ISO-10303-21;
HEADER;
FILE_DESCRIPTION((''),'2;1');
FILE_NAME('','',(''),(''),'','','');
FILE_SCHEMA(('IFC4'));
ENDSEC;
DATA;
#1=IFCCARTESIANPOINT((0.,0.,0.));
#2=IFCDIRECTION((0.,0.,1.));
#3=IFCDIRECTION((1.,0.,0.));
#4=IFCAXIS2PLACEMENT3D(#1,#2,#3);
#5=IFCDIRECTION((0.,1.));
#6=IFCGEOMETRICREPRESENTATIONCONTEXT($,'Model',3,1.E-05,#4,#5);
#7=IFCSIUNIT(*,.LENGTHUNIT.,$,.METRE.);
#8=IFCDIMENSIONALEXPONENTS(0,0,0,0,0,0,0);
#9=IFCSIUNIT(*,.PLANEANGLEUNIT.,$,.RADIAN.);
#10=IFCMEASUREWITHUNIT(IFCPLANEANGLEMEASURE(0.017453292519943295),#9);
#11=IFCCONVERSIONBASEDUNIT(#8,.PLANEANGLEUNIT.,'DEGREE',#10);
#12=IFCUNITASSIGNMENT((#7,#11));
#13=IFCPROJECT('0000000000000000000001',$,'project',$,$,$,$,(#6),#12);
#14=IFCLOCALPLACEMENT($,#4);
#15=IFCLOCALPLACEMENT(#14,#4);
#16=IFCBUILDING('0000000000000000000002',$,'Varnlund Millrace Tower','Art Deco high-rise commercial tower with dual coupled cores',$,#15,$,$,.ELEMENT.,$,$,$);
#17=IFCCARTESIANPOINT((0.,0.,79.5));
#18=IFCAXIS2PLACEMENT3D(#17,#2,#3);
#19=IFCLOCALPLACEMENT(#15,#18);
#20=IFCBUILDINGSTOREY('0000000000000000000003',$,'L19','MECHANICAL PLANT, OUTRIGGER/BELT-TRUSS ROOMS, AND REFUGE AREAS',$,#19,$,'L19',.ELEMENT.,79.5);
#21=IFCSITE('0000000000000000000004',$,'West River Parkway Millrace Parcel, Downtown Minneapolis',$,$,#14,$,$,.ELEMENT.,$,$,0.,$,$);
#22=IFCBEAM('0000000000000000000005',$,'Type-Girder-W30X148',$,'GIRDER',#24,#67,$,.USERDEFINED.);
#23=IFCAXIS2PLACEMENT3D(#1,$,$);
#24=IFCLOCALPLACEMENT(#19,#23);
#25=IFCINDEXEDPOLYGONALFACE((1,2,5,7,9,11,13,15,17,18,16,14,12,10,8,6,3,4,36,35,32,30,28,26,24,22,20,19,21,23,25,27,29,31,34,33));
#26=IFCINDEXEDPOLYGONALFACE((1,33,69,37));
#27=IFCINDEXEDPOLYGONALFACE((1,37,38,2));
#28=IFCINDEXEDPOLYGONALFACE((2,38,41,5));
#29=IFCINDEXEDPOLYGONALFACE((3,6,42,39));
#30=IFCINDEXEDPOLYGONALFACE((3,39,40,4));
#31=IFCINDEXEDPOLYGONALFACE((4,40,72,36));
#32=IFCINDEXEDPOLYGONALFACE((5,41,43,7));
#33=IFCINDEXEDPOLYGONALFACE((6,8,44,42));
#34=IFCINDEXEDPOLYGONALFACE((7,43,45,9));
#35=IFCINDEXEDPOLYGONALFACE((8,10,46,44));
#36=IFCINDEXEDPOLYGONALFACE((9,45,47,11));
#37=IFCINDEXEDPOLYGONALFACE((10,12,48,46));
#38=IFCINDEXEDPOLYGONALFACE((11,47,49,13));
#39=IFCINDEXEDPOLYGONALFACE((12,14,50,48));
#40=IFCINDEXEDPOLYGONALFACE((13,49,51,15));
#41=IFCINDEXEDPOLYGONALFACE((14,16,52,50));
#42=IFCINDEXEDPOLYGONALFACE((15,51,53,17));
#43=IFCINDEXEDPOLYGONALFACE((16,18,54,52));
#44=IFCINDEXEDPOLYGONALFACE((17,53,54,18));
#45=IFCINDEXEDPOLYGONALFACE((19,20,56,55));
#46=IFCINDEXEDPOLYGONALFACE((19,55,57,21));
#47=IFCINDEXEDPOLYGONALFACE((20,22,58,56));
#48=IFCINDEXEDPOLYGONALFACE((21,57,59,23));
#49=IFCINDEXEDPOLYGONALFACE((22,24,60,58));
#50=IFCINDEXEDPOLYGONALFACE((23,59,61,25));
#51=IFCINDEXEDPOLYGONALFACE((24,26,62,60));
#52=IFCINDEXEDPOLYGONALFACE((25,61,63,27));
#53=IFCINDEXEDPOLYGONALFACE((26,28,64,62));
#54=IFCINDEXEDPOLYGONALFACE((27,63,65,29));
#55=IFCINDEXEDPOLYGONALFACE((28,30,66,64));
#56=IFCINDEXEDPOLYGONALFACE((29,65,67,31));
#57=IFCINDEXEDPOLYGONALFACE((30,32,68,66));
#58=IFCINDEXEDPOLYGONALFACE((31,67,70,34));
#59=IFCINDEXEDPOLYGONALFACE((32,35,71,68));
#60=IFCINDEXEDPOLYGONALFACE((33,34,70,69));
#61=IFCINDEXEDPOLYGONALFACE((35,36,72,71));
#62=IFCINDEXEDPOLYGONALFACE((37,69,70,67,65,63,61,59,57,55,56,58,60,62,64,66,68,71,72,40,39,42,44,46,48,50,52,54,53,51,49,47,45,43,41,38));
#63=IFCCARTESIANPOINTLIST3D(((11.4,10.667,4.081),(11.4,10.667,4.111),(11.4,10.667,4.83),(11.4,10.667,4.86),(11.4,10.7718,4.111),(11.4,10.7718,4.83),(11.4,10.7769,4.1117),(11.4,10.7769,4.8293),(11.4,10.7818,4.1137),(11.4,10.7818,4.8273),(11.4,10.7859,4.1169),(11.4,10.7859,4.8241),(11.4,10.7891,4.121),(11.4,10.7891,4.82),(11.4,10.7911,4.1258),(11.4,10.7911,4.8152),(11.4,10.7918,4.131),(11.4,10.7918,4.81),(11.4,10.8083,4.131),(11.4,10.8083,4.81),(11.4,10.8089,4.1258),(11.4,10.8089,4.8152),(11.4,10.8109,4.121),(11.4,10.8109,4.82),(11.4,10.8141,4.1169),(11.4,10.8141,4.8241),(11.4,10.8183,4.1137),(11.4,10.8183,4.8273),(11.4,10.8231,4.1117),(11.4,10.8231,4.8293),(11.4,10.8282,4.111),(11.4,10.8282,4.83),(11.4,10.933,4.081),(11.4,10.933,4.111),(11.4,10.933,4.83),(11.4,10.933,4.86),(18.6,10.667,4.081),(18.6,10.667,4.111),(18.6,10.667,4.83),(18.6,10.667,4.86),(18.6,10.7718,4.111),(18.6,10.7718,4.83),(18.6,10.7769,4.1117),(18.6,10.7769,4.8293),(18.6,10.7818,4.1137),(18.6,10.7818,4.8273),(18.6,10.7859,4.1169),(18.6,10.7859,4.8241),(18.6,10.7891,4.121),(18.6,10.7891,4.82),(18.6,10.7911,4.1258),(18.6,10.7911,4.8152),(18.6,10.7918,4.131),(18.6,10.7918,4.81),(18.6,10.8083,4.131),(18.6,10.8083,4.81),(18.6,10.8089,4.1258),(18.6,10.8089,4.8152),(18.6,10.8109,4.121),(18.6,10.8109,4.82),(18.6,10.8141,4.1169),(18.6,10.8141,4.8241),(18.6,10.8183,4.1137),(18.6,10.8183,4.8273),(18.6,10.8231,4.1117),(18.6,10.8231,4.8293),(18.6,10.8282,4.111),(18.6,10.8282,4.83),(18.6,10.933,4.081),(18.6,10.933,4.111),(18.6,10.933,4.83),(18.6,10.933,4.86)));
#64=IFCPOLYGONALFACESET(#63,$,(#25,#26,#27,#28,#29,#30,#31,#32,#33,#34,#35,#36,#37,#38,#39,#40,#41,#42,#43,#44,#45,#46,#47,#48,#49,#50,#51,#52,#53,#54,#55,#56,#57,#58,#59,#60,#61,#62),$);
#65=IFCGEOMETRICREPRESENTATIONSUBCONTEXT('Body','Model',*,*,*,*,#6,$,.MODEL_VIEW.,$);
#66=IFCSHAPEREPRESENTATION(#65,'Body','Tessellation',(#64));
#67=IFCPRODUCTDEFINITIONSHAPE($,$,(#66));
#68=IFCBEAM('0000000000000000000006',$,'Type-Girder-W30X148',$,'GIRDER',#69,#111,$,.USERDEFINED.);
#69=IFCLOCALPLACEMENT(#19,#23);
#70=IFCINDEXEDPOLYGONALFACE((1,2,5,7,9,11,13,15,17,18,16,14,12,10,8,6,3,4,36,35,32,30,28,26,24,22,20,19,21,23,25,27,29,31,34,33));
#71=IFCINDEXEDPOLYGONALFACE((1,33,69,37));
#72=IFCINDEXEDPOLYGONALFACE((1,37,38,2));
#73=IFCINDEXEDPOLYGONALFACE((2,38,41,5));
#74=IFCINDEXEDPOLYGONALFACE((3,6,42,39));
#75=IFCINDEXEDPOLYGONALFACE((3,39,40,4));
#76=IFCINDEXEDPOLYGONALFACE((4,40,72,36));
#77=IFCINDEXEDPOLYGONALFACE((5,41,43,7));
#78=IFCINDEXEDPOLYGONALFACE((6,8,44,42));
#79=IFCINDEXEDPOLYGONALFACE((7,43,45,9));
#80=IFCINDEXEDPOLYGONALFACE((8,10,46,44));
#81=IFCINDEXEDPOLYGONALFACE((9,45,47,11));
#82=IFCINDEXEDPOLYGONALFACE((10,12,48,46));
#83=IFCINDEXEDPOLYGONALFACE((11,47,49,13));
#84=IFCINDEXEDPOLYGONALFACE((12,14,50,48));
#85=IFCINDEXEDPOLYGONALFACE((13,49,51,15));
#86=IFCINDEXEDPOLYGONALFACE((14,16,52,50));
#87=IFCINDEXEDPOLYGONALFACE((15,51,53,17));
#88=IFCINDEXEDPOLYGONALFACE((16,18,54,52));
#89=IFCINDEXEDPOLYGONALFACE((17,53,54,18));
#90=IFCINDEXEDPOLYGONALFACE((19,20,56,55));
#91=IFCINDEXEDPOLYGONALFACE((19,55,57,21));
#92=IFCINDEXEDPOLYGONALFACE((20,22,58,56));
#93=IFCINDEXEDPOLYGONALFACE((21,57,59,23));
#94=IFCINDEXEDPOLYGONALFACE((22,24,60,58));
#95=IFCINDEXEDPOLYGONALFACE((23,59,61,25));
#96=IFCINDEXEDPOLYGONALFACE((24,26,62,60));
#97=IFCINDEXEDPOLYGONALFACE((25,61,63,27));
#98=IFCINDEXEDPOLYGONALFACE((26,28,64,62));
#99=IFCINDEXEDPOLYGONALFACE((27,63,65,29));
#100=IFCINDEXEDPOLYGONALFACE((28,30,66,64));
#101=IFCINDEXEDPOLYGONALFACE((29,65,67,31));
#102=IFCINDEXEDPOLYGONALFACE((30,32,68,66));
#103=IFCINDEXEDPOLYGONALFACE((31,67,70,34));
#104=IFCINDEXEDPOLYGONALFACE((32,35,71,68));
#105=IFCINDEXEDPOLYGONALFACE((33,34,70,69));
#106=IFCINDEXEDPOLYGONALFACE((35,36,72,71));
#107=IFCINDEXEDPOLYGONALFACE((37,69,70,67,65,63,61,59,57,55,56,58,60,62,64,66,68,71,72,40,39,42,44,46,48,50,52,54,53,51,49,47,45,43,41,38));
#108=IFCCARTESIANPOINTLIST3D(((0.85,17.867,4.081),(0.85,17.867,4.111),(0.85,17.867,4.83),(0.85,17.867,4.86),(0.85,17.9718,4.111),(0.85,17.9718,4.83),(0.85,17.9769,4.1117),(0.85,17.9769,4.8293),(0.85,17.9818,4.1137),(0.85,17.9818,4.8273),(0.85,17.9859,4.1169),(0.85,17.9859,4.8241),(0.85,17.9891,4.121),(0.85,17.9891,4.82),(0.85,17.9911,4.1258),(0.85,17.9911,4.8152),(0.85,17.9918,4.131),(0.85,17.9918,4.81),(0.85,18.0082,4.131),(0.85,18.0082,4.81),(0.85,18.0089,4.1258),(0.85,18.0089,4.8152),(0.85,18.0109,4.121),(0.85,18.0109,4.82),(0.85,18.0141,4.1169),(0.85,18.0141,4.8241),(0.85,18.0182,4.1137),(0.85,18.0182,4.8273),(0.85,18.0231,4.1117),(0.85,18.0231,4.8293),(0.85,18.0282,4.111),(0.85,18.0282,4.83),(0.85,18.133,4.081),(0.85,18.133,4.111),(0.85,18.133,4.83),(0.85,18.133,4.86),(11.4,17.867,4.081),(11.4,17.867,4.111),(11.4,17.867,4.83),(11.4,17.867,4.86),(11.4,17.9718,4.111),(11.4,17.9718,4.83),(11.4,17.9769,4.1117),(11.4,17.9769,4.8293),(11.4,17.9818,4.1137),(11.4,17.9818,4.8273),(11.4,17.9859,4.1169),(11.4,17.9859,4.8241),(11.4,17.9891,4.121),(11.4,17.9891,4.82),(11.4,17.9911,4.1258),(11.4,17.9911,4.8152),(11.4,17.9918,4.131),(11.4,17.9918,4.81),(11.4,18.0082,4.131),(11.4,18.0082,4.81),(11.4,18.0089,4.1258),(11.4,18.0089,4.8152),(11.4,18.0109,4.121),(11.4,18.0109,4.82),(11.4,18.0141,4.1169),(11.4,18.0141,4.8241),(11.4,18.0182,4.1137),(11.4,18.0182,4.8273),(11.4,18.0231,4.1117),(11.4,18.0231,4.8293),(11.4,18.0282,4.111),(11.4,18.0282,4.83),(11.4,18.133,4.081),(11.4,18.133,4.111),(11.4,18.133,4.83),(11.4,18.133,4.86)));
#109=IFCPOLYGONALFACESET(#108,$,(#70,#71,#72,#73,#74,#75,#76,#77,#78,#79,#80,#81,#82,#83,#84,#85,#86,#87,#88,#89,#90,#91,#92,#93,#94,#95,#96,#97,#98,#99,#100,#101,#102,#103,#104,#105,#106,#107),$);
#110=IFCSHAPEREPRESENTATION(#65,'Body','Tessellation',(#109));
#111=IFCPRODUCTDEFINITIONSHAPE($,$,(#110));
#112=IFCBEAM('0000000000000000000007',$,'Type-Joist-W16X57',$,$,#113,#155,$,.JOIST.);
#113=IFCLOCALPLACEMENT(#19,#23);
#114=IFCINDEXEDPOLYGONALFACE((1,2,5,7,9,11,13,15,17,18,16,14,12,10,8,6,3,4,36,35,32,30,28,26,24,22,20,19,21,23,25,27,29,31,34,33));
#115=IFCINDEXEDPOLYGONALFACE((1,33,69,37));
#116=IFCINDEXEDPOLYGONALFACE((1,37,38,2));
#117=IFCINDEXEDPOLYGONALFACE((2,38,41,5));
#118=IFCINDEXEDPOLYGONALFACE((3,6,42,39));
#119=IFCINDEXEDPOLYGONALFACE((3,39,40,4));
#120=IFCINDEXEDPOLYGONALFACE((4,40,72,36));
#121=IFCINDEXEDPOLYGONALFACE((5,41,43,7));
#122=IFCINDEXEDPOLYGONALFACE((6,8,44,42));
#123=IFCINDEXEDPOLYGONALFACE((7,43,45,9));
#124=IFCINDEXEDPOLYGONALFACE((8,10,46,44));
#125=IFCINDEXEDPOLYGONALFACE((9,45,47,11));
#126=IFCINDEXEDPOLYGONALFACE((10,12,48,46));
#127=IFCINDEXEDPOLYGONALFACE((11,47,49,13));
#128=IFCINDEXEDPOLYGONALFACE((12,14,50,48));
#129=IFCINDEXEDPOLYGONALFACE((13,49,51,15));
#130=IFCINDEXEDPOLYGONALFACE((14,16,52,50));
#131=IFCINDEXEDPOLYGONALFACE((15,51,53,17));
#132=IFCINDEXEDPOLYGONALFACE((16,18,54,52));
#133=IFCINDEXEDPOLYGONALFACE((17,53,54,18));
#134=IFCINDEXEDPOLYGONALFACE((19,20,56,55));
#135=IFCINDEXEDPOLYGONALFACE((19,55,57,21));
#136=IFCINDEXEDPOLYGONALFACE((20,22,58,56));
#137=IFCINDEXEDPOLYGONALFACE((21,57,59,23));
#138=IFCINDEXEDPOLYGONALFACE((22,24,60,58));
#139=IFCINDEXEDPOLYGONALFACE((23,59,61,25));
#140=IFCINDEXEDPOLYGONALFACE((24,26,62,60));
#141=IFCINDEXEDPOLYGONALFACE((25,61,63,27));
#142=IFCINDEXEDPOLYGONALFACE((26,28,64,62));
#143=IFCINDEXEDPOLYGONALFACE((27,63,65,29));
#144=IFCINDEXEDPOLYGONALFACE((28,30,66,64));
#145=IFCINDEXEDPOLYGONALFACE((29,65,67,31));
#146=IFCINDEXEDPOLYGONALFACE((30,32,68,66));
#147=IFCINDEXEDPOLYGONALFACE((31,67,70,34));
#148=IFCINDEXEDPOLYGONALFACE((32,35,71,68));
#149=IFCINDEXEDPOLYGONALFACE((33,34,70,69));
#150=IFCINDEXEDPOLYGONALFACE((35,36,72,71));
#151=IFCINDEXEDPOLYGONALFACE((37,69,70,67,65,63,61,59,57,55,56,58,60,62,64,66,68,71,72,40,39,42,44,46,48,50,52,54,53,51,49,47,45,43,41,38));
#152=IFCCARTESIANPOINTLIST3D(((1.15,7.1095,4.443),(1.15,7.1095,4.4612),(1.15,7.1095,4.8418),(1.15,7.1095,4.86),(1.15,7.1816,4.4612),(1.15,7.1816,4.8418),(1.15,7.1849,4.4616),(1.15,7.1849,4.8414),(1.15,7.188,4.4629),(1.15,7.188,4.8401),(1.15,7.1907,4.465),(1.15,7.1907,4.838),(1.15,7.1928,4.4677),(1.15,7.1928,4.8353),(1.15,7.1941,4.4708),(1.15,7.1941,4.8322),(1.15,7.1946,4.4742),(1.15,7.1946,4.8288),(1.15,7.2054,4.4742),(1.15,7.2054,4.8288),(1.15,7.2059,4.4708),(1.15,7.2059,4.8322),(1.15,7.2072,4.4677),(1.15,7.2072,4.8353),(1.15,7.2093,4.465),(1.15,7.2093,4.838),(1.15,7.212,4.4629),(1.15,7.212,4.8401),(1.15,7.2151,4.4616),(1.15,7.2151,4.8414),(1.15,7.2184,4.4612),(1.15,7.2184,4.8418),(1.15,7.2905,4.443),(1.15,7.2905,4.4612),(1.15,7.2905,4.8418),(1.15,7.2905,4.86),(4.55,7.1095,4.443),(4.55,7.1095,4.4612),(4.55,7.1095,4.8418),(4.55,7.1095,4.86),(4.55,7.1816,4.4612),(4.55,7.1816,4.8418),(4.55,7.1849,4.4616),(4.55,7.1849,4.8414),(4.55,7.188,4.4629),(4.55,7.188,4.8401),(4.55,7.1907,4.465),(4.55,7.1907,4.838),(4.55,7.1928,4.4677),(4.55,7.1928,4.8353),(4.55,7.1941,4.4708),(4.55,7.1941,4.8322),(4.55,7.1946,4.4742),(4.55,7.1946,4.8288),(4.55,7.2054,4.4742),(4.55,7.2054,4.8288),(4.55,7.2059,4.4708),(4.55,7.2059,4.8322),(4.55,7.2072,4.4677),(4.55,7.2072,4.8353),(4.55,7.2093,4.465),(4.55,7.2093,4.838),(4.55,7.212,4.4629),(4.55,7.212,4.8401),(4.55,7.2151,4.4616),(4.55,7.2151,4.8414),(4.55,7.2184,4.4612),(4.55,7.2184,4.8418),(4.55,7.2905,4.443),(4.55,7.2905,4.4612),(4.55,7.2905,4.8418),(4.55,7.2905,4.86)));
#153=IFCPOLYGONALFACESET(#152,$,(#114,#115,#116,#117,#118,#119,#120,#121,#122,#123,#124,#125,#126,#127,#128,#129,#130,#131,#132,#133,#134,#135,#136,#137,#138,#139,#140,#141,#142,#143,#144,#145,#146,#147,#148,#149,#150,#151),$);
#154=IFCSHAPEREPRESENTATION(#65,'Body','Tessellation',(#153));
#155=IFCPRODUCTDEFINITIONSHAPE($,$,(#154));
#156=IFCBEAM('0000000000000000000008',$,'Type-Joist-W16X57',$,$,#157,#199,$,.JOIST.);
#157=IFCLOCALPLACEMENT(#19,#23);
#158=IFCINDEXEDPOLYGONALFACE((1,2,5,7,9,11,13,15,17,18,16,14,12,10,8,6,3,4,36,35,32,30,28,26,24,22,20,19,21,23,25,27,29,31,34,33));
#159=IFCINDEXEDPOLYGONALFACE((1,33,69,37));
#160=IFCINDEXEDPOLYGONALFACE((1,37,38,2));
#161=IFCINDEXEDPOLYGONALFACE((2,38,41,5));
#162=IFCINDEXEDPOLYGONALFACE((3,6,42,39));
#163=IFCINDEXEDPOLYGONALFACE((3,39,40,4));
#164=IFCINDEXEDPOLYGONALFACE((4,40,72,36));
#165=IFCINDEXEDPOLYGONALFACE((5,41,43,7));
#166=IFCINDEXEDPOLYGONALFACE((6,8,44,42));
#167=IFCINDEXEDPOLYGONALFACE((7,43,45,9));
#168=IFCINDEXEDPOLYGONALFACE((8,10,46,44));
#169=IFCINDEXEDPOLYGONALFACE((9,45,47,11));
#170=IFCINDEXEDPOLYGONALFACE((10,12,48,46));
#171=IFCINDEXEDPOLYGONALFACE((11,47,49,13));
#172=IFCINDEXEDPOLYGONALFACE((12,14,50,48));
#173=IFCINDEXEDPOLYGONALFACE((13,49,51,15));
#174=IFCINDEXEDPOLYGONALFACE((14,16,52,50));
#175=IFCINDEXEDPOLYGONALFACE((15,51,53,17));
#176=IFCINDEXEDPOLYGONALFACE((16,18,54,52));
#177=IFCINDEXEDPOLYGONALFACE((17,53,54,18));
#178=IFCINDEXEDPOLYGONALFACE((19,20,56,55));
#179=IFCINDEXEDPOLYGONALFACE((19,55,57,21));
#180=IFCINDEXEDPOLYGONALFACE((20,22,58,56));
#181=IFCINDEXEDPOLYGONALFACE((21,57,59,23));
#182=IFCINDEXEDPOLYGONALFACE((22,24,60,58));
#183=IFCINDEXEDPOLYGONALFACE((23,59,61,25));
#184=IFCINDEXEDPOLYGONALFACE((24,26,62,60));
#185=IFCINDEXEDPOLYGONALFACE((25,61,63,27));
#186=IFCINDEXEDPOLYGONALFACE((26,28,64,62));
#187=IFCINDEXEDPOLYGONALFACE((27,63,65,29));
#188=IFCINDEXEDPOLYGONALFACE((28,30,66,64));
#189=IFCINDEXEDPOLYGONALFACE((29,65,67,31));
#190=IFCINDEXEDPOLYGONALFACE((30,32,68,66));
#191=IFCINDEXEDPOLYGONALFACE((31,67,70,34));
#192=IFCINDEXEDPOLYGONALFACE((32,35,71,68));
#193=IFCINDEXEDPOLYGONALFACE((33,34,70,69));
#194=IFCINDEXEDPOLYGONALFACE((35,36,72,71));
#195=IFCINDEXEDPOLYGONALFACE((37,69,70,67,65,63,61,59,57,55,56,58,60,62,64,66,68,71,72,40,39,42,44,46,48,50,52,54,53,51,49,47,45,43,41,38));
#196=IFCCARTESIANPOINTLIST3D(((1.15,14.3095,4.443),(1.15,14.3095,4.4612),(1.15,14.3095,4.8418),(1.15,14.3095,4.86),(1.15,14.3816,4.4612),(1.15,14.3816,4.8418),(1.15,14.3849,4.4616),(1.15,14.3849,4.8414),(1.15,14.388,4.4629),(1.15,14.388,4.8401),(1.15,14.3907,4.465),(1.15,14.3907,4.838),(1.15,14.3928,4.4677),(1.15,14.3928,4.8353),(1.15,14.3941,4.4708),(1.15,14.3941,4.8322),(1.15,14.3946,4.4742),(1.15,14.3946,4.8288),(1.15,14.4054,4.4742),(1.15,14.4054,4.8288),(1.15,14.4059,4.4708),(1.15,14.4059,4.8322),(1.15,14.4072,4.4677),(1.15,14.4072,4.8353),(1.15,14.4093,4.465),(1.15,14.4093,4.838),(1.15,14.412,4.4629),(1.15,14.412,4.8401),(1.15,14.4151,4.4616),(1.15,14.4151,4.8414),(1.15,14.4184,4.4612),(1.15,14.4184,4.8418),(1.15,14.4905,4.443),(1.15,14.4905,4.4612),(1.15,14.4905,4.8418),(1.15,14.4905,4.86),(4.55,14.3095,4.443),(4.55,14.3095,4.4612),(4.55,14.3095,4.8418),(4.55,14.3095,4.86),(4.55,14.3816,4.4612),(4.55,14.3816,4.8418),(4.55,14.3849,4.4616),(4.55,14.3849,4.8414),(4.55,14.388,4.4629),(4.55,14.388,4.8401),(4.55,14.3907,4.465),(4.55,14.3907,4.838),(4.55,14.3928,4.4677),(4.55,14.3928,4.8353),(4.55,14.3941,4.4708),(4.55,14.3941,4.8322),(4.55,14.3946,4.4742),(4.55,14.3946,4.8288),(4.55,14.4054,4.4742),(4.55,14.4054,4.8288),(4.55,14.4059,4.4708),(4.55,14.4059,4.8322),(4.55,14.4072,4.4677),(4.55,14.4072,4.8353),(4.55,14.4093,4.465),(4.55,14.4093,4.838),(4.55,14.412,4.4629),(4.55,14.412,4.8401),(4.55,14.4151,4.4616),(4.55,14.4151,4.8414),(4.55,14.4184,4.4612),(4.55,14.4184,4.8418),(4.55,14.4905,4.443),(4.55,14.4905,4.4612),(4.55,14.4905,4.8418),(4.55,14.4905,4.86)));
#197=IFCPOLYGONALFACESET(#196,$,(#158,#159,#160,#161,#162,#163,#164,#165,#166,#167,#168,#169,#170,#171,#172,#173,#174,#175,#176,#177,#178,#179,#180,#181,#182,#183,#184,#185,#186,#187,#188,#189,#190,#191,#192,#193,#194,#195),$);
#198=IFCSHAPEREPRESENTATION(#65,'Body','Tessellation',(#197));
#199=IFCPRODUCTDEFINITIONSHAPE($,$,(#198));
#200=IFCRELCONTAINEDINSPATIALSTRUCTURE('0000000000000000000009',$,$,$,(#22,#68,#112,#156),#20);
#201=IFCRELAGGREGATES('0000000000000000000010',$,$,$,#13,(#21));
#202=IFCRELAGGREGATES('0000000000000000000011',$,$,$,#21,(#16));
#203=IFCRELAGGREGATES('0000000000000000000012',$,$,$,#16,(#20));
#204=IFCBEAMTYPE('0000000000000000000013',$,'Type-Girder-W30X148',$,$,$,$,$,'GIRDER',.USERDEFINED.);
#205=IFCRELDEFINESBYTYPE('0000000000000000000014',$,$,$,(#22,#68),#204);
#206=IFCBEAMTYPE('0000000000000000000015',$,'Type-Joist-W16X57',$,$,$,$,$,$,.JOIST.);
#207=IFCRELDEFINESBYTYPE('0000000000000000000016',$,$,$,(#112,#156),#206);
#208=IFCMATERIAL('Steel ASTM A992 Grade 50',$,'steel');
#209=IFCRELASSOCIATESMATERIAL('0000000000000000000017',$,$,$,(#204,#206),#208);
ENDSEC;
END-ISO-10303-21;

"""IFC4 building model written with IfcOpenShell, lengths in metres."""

from ifc_helpers import new_model, entity, si_unit, converted_unit, direction, frame, origin_with_axes, origin_2d_with_axis, place, context, subcontext, project, spatial, i_section, extrude, material, material_profile, profile_set, type_object, element, save


model = new_model("IFC4")

# Units and contexts
model_context = context("Model", 3, precision=1e-05, world=origin_with_axes(), true_north=direction((0.0, 1.0)))
body_context = subcontext(model_context, "Body", "Model", "MODEL_VIEW")
ifc_project = project(units=[si_unit("LENGTHUNIT", "METRE"), converted_unit("PLANEANGLEUNIT", "DEGREE", entity("IfcPlaneAngleMeasure", 0.017453292519943295), si_unit("PLANEANGLEUNIT", "RADIAN"), dimensions=[0, 0, 0, 0, 0, 0, 0])], contexts=[model_context])

# Site, building, storey
site_placement = place(None, origin_with_axes())
site = spatial("IfcSite", under=ifc_project, at=site_placement, Name="West River Parkway Millrace Parcel, Downtown Minneapolis", CompositionType="ELEMENT", RefElevation=0.0)
building_placement = place(site_placement, origin_with_axes())
building = spatial("IfcBuilding", under=site, at=building_placement, Name="Varnlund Millrace Tower", Description="Art Deco high-rise commercial tower with dual coupled cores", CompositionType="ELEMENT")
storey_placement = place(building_placement, frame((0.0, 0.0, 79.5), z_axis=(0.0, 0.0, 1.0), x_axis=(1.0, 0.0, 0.0)))
storey = spatial("IfcBuildingStorey", under=building, at=storey_placement, Name="L19", Description="MECHANICAL PLANT, OUTRIGGER/BELT-TRUSS ROOMS, AND REFUGE AREAS", LongName="L19", CompositionType="ELEMENT", Elevation=79.5)

# Beams
ifc_material_1 = material(Name="Steel ASTM A992 Grade 50", Category="steel")
ifc_material_profile_1 = material_profile(ifc_material_1, i_section(OverallWidth=0.266, OverallDepth=0.779, WebThickness=0.0165, FlangeThickness=0.03, FilletRadius=0.02, at=origin_2d_with_axis()), Name="Steel ASTM A992 Grade 50")
ifc_profile_set_1 = profile_set([ifc_material_profile_1], Name="Steel ASTM A992 Grade 50")
beam_type_1 = type_object("IfcBeamType", Name="Type-Girder-W30X148", ElementType="GIRDER", PredefinedType="USERDEFINED", material=ifc_profile_set_1)
beam_1_placement = place(storey_placement, frame((11.4, 10.8, 4.4705), z_axis=(1.0, 0.0, 0.0), x_axis=(0.0, 1.0, 0.0)))
element("IfcBeam", 1, at=beam_1_placement, inside=storey, type_object=beam_type_1, Name="Type-Girder-W30X148", ObjectType="GIRDER", PredefinedType="USERDEFINED", context=body_context, shape_type="SweptSolid", body=[
    extrude(i_section(OverallWidth=0.266, OverallDepth=0.779, WebThickness=0.0165, FlangeThickness=0.03, FilletRadius=0.02, at=origin_2d_with_axis()), origin_with_axes(), (0.0, 0.0, 1.0), 7.2),
])
beam_2_placement = place(storey_placement, frame((0.85, 18.0, 4.4705), z_axis=(1.0, 0.0, 0.0), x_axis=(0.0, 1.0, 0.0)))
element("IfcBeam", 2, at=beam_2_placement, inside=storey, type_object=beam_type_1, Name="Type-Girder-W30X148", ObjectType="GIRDER", PredefinedType="USERDEFINED", context=body_context, shape_type="SweptSolid", body=[
    extrude(i_section(OverallWidth=0.266, OverallDepth=0.779, WebThickness=0.0165, FlangeThickness=0.03, FilletRadius=0.02, at=origin_2d_with_axis()), origin_with_axes(), (0.0, 0.0, 1.0), 10.55),
])
ifc_material_profile_2 = material_profile(ifc_material_1, i_section(OverallWidth=0.181, OverallDepth=0.417, WebThickness=0.0109, FlangeThickness=0.0182, FilletRadius=0.013, at=origin_2d_with_axis()), Name="Steel ASTM A992 Grade 50")
ifc_profile_set_2 = profile_set([ifc_material_profile_2], Name="Steel ASTM A992 Grade 50")
beam_type_2 = type_object("IfcBeamType", Name="Type-Joist-W16X57", PredefinedType="JOIST", material=ifc_profile_set_2)
for number, where, z_axis, x_axis, name in (
    (3, (1.15, 7.2, 4.6515), (1.0, 0.0, 0.0), (0.0, 1.0, 0.0), "Type-Joist-W16X57"),
    (4, (1.15, 14.4, 4.6515), (1.0, 0.0, 0.0), (0.0, 1.0, 0.0), "Type-Joist-W16X57"),
):
    element("IfcBeam", number, at=place(storey_placement, frame(where, z_axis=z_axis, x_axis=x_axis)), inside=storey, type_object=beam_type_2, Name=name, PredefinedType="JOIST", context=body_context, shape_type="SweptSolid", body=[
        extrude(i_section(OverallWidth=0.181, OverallDepth=0.417, WebThickness=0.0109, FlangeThickness=0.0182, FilletRadius=0.013, at=origin_2d_with_axis()), origin_with_axes(), (0.0, 0.0, 1.0), 3.4),
    ])

save(model, "model.ifc")
